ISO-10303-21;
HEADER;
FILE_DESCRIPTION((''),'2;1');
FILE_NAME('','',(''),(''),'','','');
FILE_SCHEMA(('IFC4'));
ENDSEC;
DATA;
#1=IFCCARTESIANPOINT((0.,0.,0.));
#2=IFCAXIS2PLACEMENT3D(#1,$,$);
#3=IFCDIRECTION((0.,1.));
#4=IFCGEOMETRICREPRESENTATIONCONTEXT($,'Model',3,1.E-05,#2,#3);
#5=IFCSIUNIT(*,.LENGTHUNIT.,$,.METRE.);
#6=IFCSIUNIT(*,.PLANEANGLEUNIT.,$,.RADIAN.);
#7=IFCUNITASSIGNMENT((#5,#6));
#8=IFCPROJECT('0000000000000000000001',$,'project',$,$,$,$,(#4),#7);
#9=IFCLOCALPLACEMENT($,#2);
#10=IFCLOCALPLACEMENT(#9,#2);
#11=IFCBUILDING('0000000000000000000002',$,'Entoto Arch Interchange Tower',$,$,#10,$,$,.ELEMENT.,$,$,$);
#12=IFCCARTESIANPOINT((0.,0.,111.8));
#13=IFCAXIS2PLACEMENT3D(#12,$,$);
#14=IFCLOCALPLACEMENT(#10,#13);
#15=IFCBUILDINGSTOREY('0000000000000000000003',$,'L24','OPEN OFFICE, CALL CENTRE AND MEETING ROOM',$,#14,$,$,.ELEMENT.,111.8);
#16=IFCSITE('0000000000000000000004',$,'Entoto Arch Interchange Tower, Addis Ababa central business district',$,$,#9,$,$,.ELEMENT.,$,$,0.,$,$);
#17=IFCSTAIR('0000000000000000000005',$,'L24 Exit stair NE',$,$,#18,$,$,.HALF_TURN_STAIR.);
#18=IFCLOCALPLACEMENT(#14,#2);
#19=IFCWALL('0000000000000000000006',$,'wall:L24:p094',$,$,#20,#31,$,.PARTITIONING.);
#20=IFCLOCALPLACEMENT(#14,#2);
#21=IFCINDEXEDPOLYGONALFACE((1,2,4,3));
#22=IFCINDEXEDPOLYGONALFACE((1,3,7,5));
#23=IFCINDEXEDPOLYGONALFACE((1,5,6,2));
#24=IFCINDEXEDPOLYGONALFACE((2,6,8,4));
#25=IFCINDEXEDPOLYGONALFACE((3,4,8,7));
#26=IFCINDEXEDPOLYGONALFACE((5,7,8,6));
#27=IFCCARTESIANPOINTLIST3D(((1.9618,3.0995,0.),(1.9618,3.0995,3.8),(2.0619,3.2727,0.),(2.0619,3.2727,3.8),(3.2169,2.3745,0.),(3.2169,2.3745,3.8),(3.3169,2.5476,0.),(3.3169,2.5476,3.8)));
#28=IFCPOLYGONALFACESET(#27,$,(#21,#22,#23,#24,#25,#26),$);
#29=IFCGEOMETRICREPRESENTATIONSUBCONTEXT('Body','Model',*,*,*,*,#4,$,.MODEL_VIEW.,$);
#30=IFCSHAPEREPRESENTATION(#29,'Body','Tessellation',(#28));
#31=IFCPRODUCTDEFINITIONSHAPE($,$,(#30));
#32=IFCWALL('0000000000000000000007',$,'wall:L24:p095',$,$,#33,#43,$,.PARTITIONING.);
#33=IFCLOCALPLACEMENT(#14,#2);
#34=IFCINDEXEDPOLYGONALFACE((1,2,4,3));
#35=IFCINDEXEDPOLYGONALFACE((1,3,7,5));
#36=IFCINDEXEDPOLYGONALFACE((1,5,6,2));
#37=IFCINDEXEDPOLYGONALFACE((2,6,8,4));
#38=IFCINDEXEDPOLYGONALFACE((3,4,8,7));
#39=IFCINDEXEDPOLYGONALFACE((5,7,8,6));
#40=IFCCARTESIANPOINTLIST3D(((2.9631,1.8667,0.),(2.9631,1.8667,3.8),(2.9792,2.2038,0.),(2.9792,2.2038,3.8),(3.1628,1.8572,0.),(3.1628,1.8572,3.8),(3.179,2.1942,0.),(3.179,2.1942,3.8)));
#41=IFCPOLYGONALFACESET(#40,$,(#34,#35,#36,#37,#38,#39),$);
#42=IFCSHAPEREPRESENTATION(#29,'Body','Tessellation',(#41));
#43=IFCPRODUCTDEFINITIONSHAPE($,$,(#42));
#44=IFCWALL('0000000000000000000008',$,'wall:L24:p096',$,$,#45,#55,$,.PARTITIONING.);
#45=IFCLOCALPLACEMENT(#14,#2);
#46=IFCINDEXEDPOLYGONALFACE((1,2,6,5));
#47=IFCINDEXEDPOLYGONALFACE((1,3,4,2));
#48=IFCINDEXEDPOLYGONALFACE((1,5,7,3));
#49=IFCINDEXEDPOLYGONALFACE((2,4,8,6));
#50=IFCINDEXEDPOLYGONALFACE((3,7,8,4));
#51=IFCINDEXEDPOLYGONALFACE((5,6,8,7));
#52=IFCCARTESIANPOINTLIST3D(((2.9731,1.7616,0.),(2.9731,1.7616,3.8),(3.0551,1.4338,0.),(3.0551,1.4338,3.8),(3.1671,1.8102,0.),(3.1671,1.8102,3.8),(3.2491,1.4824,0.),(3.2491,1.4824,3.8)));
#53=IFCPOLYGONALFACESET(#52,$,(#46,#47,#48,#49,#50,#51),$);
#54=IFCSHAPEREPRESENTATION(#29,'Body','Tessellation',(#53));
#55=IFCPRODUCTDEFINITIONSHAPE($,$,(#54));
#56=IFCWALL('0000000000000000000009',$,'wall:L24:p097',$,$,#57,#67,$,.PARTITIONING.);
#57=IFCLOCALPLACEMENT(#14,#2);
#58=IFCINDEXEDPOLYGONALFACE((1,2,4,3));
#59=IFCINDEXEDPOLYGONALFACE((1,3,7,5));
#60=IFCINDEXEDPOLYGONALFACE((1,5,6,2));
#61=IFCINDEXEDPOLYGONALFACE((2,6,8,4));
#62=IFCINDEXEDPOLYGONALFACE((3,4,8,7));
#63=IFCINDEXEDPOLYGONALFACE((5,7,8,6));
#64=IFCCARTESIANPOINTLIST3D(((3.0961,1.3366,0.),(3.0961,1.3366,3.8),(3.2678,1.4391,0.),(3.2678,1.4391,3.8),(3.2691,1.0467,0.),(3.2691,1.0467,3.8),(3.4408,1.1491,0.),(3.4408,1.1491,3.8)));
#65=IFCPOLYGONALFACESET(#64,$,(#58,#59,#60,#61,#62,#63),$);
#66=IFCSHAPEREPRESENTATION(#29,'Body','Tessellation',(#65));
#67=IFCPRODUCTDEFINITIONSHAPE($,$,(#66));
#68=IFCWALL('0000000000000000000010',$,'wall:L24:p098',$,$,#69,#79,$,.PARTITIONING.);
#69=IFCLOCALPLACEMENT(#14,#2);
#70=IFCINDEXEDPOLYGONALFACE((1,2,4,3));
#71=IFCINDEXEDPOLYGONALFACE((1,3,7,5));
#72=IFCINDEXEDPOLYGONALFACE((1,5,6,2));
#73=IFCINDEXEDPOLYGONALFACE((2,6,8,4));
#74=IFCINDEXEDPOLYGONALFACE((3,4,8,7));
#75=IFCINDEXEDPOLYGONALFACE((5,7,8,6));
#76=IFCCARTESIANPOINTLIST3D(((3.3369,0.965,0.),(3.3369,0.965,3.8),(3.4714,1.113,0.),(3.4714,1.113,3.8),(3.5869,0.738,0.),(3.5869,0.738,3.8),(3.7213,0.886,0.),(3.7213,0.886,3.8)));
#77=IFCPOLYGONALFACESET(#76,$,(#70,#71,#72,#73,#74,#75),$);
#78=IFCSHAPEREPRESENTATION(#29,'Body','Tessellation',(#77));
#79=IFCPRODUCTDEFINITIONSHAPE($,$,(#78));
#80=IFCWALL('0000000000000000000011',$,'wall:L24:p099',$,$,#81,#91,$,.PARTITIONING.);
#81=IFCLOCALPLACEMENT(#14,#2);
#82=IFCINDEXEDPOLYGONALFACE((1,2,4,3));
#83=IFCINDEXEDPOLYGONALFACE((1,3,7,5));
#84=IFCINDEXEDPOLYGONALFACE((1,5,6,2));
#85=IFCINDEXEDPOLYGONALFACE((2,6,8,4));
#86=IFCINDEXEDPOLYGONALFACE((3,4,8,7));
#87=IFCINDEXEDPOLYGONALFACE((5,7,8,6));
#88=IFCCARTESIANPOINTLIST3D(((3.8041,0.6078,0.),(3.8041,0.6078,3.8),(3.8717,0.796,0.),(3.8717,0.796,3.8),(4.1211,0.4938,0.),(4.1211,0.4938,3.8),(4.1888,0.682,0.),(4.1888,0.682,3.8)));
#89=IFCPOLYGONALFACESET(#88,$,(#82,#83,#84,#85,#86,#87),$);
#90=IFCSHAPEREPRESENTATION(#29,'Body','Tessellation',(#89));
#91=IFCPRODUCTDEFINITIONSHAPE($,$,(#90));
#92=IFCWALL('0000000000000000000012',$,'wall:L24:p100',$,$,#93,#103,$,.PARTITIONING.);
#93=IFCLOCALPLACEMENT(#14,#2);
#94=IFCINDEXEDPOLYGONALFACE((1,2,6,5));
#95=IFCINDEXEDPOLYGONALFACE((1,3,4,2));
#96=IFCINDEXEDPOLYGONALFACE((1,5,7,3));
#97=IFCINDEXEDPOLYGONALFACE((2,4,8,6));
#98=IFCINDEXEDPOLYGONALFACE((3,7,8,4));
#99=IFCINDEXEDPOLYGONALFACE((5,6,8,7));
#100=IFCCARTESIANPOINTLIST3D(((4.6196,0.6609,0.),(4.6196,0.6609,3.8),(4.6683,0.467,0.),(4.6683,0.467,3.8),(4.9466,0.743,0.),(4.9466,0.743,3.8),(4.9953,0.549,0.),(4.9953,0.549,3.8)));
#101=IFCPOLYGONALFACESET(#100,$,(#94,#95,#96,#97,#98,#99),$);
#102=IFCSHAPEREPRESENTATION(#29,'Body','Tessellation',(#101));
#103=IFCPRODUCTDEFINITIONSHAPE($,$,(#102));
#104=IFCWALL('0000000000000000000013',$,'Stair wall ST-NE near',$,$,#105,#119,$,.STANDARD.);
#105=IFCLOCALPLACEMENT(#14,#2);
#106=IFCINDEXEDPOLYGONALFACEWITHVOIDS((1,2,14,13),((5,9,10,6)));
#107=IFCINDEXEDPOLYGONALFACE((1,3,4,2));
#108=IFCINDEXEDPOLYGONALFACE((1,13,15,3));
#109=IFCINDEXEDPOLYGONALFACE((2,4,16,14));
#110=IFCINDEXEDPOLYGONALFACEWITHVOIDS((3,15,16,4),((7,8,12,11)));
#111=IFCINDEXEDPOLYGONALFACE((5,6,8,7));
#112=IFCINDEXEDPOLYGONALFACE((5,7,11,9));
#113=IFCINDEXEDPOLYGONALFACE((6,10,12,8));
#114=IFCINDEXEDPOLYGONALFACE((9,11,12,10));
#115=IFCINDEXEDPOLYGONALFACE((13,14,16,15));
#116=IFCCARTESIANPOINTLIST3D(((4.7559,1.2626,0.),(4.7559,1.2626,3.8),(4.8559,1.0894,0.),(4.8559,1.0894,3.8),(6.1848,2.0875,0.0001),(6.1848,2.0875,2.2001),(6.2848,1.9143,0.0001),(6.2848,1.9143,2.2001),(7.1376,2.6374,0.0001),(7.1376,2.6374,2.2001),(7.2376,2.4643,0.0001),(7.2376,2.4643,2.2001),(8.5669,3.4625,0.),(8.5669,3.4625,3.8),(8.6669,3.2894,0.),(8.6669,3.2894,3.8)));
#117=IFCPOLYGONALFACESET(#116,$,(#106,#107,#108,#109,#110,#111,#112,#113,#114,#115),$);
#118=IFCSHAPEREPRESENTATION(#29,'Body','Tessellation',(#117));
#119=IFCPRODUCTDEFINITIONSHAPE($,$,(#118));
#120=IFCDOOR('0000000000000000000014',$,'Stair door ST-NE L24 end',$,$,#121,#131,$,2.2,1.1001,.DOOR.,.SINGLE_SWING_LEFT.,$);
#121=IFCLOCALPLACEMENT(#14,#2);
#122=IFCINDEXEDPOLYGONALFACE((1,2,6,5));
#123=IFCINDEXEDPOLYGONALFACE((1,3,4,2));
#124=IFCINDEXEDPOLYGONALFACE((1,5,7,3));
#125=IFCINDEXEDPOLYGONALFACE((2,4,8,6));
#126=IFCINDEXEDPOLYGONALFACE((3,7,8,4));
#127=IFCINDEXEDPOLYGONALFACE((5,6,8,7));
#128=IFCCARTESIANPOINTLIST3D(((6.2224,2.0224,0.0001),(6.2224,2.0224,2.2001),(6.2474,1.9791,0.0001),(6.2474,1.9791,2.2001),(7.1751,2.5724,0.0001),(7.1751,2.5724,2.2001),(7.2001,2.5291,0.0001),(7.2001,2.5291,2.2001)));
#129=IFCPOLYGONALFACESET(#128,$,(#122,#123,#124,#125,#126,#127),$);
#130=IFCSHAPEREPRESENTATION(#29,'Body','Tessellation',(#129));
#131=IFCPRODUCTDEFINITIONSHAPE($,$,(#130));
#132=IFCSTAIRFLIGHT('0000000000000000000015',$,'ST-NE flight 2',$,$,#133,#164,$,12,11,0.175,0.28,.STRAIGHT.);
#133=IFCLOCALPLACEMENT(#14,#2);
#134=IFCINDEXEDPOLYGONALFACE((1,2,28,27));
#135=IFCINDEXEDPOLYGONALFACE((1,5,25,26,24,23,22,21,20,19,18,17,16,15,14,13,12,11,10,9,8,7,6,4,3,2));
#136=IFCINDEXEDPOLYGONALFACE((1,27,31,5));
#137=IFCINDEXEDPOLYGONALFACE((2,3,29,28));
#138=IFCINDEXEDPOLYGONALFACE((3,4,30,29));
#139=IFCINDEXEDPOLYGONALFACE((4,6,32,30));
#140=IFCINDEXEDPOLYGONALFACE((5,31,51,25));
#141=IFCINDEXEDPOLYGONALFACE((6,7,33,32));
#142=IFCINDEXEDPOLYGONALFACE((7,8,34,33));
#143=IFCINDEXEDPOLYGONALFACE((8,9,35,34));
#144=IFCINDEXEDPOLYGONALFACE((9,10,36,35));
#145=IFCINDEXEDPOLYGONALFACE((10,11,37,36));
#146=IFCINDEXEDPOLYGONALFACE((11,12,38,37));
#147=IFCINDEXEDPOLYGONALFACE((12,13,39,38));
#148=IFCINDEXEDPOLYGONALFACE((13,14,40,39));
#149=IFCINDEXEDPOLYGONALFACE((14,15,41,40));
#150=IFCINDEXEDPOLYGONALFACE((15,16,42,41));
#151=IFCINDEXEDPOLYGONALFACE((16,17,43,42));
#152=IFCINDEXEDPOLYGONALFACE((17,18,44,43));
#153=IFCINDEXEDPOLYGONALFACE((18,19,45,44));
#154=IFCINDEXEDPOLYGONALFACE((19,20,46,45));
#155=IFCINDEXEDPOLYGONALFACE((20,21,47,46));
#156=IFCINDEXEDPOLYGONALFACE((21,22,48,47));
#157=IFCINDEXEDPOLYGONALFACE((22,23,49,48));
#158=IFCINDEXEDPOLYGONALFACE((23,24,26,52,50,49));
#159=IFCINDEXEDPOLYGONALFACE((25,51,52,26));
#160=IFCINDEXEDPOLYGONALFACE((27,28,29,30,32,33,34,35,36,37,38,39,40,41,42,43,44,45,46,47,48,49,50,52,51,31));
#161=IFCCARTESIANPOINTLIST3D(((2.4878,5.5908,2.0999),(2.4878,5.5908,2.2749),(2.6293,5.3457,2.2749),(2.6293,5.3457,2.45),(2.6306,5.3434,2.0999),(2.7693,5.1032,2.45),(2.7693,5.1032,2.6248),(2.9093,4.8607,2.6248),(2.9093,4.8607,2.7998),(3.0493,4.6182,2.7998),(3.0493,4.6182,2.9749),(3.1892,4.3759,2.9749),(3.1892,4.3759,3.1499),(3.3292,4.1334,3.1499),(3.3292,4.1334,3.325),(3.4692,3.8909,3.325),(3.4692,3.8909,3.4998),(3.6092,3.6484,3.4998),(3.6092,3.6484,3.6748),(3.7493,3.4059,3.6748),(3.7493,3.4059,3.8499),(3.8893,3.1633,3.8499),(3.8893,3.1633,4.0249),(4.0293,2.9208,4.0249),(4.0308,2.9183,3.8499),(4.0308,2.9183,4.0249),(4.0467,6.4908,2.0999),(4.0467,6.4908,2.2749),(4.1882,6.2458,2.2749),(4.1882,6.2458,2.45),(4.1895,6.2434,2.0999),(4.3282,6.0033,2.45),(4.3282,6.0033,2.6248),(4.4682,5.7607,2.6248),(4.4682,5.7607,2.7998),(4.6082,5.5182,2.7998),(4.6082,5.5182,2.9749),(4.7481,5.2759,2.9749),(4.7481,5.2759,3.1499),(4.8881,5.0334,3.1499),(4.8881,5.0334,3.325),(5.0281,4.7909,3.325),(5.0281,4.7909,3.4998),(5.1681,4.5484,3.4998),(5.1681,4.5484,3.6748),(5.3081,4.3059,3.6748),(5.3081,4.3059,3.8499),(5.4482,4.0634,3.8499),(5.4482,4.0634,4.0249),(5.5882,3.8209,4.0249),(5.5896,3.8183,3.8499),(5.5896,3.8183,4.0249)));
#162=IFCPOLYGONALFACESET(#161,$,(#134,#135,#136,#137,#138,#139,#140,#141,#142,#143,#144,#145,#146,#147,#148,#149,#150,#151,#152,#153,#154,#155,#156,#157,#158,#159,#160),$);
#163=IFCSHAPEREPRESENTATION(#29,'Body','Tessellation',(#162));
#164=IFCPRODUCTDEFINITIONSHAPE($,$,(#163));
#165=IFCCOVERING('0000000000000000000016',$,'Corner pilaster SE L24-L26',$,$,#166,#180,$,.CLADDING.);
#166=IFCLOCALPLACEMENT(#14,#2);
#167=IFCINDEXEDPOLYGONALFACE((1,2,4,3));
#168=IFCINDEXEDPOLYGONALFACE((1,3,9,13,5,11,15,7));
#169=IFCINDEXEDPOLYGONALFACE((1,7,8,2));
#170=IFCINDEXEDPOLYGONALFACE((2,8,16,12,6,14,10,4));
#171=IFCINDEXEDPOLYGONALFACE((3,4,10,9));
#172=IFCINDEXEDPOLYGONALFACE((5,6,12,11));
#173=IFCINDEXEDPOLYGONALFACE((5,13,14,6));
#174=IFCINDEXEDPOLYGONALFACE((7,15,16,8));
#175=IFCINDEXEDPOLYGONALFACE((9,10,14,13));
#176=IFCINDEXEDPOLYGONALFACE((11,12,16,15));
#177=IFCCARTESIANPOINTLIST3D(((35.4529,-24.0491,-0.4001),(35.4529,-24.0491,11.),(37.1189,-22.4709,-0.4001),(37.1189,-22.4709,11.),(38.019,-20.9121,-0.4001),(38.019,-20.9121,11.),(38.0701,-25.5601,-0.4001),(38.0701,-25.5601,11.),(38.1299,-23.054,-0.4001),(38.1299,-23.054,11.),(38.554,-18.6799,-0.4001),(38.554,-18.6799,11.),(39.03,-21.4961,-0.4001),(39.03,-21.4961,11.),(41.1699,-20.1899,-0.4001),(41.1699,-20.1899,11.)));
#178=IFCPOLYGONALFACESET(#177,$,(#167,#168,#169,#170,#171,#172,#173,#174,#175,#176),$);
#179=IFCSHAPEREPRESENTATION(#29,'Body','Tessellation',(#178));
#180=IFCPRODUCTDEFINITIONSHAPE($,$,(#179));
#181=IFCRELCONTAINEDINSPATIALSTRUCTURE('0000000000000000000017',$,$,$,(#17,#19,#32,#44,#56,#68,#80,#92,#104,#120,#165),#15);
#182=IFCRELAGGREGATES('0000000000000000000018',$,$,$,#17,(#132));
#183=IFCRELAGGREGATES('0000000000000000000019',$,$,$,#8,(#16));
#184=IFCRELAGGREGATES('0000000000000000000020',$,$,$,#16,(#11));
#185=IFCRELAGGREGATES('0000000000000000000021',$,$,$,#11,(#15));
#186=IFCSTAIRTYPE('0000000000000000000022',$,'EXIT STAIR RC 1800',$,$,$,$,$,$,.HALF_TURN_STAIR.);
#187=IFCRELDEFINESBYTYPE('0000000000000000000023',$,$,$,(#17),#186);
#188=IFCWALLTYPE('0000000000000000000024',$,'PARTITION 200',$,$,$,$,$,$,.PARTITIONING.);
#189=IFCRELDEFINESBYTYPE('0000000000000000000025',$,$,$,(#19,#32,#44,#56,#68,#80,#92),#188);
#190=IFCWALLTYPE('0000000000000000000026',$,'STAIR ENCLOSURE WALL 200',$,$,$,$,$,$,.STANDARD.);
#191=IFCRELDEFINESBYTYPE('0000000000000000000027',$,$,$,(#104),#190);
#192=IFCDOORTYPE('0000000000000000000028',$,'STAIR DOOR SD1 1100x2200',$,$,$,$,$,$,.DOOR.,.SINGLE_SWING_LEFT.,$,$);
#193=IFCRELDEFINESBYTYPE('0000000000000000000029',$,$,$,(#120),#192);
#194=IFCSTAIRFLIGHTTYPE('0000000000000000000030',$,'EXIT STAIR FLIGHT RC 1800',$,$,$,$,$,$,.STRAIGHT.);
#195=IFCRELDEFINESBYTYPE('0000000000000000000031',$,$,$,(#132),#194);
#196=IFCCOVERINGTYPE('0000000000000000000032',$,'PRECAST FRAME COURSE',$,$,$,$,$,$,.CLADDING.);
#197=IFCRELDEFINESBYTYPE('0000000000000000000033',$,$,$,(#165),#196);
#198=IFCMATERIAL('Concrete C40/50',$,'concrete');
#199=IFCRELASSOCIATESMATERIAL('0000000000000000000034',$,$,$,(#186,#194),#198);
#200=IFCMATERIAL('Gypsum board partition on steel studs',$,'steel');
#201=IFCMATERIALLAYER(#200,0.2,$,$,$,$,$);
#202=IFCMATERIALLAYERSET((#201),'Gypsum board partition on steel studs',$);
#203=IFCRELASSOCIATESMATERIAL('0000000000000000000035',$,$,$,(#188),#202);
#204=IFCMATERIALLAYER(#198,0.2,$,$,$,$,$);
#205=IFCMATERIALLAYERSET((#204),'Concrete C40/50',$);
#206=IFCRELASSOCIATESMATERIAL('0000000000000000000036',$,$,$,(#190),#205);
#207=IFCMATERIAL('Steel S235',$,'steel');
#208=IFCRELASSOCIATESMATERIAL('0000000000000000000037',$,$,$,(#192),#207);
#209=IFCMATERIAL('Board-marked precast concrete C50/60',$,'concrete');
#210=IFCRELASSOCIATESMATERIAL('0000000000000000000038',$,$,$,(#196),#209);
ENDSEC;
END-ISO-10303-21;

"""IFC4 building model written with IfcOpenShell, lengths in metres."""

from ifc_helpers import new_model, si_unit, direction, frame, frame_2d, origin, place, context, subcontext, project, spatial, polyline, rectangle, outline, extrude, material, layer, layer_set, type_object, element, fill, aggregate, save


model = new_model("IFC4")

# Units and contexts
model_context = context("Model", 3, precision=1e-05, world=origin(), true_north=direction((0.0, 1.0)))
body_context = subcontext(model_context, "Body", "Model", "MODEL_VIEW")
ifc_project = project(units=[si_unit("LENGTHUNIT", "METRE"), si_unit("PLANEANGLEUNIT", "RADIAN")], contexts=[model_context])

# Site, building, storey
site_placement = place(None, origin())
site = spatial("IfcSite", under=ifc_project, at=site_placement, Name="Entoto Arch Interchange Tower, Addis Ababa central business district", CompositionType="ELEMENT", RefElevation=0.0)
building_placement = place(site_placement, origin())
building = spatial("IfcBuilding", under=site, at=building_placement, Name="Entoto Arch Interchange Tower", CompositionType="ELEMENT")
storey_placement = place(building_placement, frame((0.0, 0.0, 111.8)))
storey = spatial("IfcBuildingStorey", under=building, at=storey_placement, Name="L24", Description="OPEN OFFICE, CALL CENTRE AND MEETING ROOM", CompositionType="ELEMENT", Elevation=111.8)

# Shared definitions
ifc_material_1 = material(Name="Board-marked precast concrete C50/60", Category="concrete")
ifc_material_2 = material(Name="Concrete C40/50", Category="concrete")

# Stair
stair_type = type_object("IfcStairType", Name="EXIT STAIR RC 1800", PredefinedType="HALF_TURN_STAIR", material=ifc_material_2)
stair_1_placement = place(storey_placement, origin())
stair_1 = element("IfcStair", 1, at=stair_1_placement, inside=storey, type_object=stair_type, Name="L24 Exit stair NE", PredefinedType="HALF_TURN_STAIR")

# Walls
ifc_material_3 = material(Name="Gypsum board partition on steel studs", Category="steel")
ifc_layer_1 = layer(ifc_material_3, 0.2)
ifc_layer_set_1 = layer_set([ifc_layer_1], Name="Gypsum board partition on steel studs")
wall_type_1 = type_object("IfcWallType", Name="PARTITION 200", PredefinedType="PARTITIONING", material=ifc_layer_set_1)
wall_1_placement = place(storey_placement, frame((2.012, 3.186, 0.0), z_axis=(0.0, 0.0, 1.0), x_axis=(0.865891, -0.500233, 0.0)))
element("IfcWall", 2, at=wall_1_placement, inside=storey, type_object=wall_type_1, Name="wall:L24:p094", PredefinedType="PARTITIONING", context=body_context, shape_type="SweptSolid", body=[
    extrude(rectangle(XDim=1.4495, YDim=0.2, at=frame_2d((0.7246, 0.0))), origin(), (0.0, 0.0, 1.0), 3.8),
])
wall_2_placement = place(storey_placement, frame((3.0791, 2.199, 0.0), z_axis=(0.0, 0.0, 1.0), x_axis=(-0.047771, -0.998858, 0.0)))
element("IfcWall", 3, at=wall_2_placement, inside=storey, type_object=wall_type_1, Name="wall:L24:p095", PredefinedType="PARTITIONING", context=body_context, shape_type="SweptSolid", body=[
    extrude(rectangle(XDim=0.3374, YDim=0.2, at=frame_2d((0.1687, 0.0))), origin(), (0.0, 0.0, 1.0), 3.8),
])
wall_3_placement = place(storey_placement, frame((3.0701, 1.7859, 0.0), z_axis=(0.0, 0.0, 1.0), x_axis=(0.242706, -0.9701, 0.0)))
element("IfcWall", 4, at=wall_3_placement, inside=storey, type_object=wall_type_1, Name="wall:L24:p096", PredefinedType="PARTITIONING", context=body_context, shape_type="SweptSolid", body=[
    extrude(rectangle(XDim=0.3379, YDim=0.2, at=frame_2d((0.1689, 0.0))), origin(), (0.0, 0.0, 1.0), 3.8),
])
for number, where, z_axis, x_axis, name in (
    (5, (3.1819, 1.3879, 0.0), (0.0, 0.0, 1.0), (0.512475, -0.858702, 0.0), "wall:L24:p097"),
    (6, (3.4041, 1.0391, 0.0), (0.0, 0.0, 1.0), (0.740267, -0.672313, 0.0), "wall:L24:p098"),
):
    element("IfcWall", number, at=place(storey_placement, frame(where, z_axis=z_axis, x_axis=x_axis)), inside=storey, type_object=wall_type_1, Name=name, PredefinedType="PARTITIONING", context=body_context, shape_type="SweptSolid", body=[
        extrude(rectangle(XDim=0.3376, YDim=0.2, at=frame_2d((0.1689, 0.0))), origin(), (0.0, 0.0, 1.0), 3.8),
    ])
wall_4_placement = place(storey_placement, frame((3.8379, 0.7019, 0.0), z_axis=(0.0, 0.0, 1.0), x_axis=(0.941035, -0.338309, 0.0)))
element("IfcWall", 7, at=wall_4_placement, inside=storey, type_object=wall_type_1, Name="wall:L24:p099", PredefinedType="PARTITIONING", context=body_context, shape_type="SweptSolid", body=[
    extrude(rectangle(XDim=0.3369, YDim=0.2, at=frame_2d((0.1685, 0.0))), origin(), (0.0, 0.0, 1.0), 3.8),
])
wall_5_placement = place(storey_placement, frame((4.644, 0.564, 0.0), z_axis=(0.0, 0.0, 1.0), x_axis=(0.969929, 0.243388, 0.0)))
element("IfcWall", 8, at=wall_5_placement, inside=storey, type_object=wall_type_1, Name="wall:L24:p100", PredefinedType="PARTITIONING", context=body_context, shape_type="SweptSolid", body=[
    extrude(rectangle(XDim=0.3372, YDim=0.2, at=frame_2d((0.1685, 0.0))), origin(), (0.0, 0.0, 1.0), 3.8),
])

# Wall, opening, door
ifc_layer_2 = layer(ifc_material_2, 0.2)
ifc_layer_set_2 = layer_set([ifc_layer_2], Name="Concrete C40/50")
wall_type_2 = type_object("IfcWallType", Name="STAIR ENCLOSURE WALL 200", PredefinedType="STANDARD", material=ifc_layer_set_2)
wall_6_placement = place(storey_placement, frame((4.8059, 1.176, 0.0), z_axis=(0.0, 0.0, 1.0), x_axis=(0.86606, 0.49994, 0.0)))
wall_6 = element("IfcWall", 9, at=wall_6_placement, inside=storey, type_object=wall_type_2, Name="Stair wall ST-NE near", PredefinedType="STANDARD", context=body_context, shape_type="SweptSolid", body=[
    extrude(rectangle(XDim=4.4004, YDim=0.2, at=frame_2d((2.2002, 0.0))), origin(), (0.0, 0.0, 1.0), 3.8),
])
opening_placement = place(wall_6_placement, frame((1.6499, 0.0, 0.0)))
opening = element("IfcOpeningElement", 10, at=opening_placement, cuts=wall_6, PredefinedType="OPENING", context=body_context, shape_type="SweptSolid", body=[
    extrude(rectangle(XDim=1.1001, YDim=2.2, at=frame_2d((0.55, 1.1001))), frame((0.0, 0.1099, 0.0), z_axis=(0.0, -1.0, 0.0), x_axis=(1.0, 0.0, 0.0)), (0.0, 0.0, 1.0), 0.22),
])
ifc_material_4 = material(Name="Steel S235", Category="steel")
door_type = type_object("IfcDoorType", Name="STAIR DOOR SD1 1100x2200", OperationType="SINGLE_SWING_LEFT", PredefinedType="DOOR", material=ifc_material_4)
door_placement = place(opening_placement, origin())
door = element("IfcDoor", 11, at=door_placement, inside=storey, type_object=door_type, Name="Stair door ST-NE L24 end", OperationType="SINGLE_SWING_LEFT", OverallHeight=2.2, OverallWidth=1.1001, PredefinedType="DOOR", context=body_context, shape_type="SweptSolid", body=[
    extrude(rectangle(XDim=1.1001, YDim=2.2, at=frame_2d((0.55, 1.1001))), frame((0.0, 0.0249, 0.0), z_axis=(0.0, -1.0, 0.0), x_axis=(1.0, 0.0, 0.0)), (0.0, 0.0, 1.0), 0.05),
])
fill(opening, door)

# Stair flight
stair_flight_type = type_object("IfcStairFlightType", Name="EXIT STAIR FLIGHT RC 1800", PredefinedType="STRAIGHT", material=ifc_material_2)
stair_flight_placement = place(storey_placement, frame((3.2688, 6.0383, 2.0999), z_axis=(0.0, 0.0, 1.0), x_axis=(0.5, -0.866025, 0.0)))
stair_flight = element("IfcStairFlight", 12, at=stair_flight_placement, type_object=stair_flight_type, Name="ST-NE flight 2", NumberOfRisers=12, NumberOfTreads=11, PredefinedType="STRAIGHT", RiserHeight=0.175, TreadLength=0.28, context=body_context, shape_type="SweptSolid", body=[
    extrude(outline(polyline([(-0.0029, 0.0), (-0.0029, 0.175), (0.28, 0.175), (0.28, 0.3501), (0.5601, 0.3501), (0.5601, 0.5249), (0.8401, 0.5249), (0.8401, 0.7), (1.1201, 0.7), (1.1201, 0.875), (1.3999, 0.875), (1.3999, 1.05), (1.6799, 1.05), (1.6799, 1.2251), (1.96, 1.2251), (1.96, 1.3999), (2.24, 1.3999), (2.24, 1.575), (2.52, 1.575), (2.52, 1.75), (2.8, 1.75), (2.8, 1.925), (3.0801, 1.925), (3.083, 1.925), (3.083, 1.75), (0.2827, 0.0), (-0.0029, 0.0)])), frame((0.0, 0.8999, 0.0), z_axis=(0.0, -1.0, 0.0), x_axis=(1.0, 0.0, 0.0)), (0.0, 0.0, 1.0), 1.8),
])
aggregate(stair_1, [stair_flight])

# Covering
covering_type_1 = type_object("IfcCoveringType", Name="PRECAST FRAME COURSE", PredefinedType="CLADDING", material=ifc_material_1)
covering_1_placement = place(storey_placement, frame((0.0, 0.0, -0.4001)))
element("IfcCovering", 13, at=covering_1_placement, inside=storey, type_object=covering_type_1, Name="Corner pilaster SE L24-L26", PredefinedType="CLADDING", context=body_context, shape_type="SweptSolid", body=[
    extrude(outline(polyline([(41.1699, -20.1899), (38.0701, -25.5601), (35.4529, -24.0491), (37.1189, -22.4709), (38.1299, -23.054), (39.03, -21.4961), (38.019, -20.9121), (38.554, -18.6799), (41.1699, -20.1899)])), origin(), (0.0, 0.0, 1.0), 11.4001),
])

save(model, "model.ifc")
